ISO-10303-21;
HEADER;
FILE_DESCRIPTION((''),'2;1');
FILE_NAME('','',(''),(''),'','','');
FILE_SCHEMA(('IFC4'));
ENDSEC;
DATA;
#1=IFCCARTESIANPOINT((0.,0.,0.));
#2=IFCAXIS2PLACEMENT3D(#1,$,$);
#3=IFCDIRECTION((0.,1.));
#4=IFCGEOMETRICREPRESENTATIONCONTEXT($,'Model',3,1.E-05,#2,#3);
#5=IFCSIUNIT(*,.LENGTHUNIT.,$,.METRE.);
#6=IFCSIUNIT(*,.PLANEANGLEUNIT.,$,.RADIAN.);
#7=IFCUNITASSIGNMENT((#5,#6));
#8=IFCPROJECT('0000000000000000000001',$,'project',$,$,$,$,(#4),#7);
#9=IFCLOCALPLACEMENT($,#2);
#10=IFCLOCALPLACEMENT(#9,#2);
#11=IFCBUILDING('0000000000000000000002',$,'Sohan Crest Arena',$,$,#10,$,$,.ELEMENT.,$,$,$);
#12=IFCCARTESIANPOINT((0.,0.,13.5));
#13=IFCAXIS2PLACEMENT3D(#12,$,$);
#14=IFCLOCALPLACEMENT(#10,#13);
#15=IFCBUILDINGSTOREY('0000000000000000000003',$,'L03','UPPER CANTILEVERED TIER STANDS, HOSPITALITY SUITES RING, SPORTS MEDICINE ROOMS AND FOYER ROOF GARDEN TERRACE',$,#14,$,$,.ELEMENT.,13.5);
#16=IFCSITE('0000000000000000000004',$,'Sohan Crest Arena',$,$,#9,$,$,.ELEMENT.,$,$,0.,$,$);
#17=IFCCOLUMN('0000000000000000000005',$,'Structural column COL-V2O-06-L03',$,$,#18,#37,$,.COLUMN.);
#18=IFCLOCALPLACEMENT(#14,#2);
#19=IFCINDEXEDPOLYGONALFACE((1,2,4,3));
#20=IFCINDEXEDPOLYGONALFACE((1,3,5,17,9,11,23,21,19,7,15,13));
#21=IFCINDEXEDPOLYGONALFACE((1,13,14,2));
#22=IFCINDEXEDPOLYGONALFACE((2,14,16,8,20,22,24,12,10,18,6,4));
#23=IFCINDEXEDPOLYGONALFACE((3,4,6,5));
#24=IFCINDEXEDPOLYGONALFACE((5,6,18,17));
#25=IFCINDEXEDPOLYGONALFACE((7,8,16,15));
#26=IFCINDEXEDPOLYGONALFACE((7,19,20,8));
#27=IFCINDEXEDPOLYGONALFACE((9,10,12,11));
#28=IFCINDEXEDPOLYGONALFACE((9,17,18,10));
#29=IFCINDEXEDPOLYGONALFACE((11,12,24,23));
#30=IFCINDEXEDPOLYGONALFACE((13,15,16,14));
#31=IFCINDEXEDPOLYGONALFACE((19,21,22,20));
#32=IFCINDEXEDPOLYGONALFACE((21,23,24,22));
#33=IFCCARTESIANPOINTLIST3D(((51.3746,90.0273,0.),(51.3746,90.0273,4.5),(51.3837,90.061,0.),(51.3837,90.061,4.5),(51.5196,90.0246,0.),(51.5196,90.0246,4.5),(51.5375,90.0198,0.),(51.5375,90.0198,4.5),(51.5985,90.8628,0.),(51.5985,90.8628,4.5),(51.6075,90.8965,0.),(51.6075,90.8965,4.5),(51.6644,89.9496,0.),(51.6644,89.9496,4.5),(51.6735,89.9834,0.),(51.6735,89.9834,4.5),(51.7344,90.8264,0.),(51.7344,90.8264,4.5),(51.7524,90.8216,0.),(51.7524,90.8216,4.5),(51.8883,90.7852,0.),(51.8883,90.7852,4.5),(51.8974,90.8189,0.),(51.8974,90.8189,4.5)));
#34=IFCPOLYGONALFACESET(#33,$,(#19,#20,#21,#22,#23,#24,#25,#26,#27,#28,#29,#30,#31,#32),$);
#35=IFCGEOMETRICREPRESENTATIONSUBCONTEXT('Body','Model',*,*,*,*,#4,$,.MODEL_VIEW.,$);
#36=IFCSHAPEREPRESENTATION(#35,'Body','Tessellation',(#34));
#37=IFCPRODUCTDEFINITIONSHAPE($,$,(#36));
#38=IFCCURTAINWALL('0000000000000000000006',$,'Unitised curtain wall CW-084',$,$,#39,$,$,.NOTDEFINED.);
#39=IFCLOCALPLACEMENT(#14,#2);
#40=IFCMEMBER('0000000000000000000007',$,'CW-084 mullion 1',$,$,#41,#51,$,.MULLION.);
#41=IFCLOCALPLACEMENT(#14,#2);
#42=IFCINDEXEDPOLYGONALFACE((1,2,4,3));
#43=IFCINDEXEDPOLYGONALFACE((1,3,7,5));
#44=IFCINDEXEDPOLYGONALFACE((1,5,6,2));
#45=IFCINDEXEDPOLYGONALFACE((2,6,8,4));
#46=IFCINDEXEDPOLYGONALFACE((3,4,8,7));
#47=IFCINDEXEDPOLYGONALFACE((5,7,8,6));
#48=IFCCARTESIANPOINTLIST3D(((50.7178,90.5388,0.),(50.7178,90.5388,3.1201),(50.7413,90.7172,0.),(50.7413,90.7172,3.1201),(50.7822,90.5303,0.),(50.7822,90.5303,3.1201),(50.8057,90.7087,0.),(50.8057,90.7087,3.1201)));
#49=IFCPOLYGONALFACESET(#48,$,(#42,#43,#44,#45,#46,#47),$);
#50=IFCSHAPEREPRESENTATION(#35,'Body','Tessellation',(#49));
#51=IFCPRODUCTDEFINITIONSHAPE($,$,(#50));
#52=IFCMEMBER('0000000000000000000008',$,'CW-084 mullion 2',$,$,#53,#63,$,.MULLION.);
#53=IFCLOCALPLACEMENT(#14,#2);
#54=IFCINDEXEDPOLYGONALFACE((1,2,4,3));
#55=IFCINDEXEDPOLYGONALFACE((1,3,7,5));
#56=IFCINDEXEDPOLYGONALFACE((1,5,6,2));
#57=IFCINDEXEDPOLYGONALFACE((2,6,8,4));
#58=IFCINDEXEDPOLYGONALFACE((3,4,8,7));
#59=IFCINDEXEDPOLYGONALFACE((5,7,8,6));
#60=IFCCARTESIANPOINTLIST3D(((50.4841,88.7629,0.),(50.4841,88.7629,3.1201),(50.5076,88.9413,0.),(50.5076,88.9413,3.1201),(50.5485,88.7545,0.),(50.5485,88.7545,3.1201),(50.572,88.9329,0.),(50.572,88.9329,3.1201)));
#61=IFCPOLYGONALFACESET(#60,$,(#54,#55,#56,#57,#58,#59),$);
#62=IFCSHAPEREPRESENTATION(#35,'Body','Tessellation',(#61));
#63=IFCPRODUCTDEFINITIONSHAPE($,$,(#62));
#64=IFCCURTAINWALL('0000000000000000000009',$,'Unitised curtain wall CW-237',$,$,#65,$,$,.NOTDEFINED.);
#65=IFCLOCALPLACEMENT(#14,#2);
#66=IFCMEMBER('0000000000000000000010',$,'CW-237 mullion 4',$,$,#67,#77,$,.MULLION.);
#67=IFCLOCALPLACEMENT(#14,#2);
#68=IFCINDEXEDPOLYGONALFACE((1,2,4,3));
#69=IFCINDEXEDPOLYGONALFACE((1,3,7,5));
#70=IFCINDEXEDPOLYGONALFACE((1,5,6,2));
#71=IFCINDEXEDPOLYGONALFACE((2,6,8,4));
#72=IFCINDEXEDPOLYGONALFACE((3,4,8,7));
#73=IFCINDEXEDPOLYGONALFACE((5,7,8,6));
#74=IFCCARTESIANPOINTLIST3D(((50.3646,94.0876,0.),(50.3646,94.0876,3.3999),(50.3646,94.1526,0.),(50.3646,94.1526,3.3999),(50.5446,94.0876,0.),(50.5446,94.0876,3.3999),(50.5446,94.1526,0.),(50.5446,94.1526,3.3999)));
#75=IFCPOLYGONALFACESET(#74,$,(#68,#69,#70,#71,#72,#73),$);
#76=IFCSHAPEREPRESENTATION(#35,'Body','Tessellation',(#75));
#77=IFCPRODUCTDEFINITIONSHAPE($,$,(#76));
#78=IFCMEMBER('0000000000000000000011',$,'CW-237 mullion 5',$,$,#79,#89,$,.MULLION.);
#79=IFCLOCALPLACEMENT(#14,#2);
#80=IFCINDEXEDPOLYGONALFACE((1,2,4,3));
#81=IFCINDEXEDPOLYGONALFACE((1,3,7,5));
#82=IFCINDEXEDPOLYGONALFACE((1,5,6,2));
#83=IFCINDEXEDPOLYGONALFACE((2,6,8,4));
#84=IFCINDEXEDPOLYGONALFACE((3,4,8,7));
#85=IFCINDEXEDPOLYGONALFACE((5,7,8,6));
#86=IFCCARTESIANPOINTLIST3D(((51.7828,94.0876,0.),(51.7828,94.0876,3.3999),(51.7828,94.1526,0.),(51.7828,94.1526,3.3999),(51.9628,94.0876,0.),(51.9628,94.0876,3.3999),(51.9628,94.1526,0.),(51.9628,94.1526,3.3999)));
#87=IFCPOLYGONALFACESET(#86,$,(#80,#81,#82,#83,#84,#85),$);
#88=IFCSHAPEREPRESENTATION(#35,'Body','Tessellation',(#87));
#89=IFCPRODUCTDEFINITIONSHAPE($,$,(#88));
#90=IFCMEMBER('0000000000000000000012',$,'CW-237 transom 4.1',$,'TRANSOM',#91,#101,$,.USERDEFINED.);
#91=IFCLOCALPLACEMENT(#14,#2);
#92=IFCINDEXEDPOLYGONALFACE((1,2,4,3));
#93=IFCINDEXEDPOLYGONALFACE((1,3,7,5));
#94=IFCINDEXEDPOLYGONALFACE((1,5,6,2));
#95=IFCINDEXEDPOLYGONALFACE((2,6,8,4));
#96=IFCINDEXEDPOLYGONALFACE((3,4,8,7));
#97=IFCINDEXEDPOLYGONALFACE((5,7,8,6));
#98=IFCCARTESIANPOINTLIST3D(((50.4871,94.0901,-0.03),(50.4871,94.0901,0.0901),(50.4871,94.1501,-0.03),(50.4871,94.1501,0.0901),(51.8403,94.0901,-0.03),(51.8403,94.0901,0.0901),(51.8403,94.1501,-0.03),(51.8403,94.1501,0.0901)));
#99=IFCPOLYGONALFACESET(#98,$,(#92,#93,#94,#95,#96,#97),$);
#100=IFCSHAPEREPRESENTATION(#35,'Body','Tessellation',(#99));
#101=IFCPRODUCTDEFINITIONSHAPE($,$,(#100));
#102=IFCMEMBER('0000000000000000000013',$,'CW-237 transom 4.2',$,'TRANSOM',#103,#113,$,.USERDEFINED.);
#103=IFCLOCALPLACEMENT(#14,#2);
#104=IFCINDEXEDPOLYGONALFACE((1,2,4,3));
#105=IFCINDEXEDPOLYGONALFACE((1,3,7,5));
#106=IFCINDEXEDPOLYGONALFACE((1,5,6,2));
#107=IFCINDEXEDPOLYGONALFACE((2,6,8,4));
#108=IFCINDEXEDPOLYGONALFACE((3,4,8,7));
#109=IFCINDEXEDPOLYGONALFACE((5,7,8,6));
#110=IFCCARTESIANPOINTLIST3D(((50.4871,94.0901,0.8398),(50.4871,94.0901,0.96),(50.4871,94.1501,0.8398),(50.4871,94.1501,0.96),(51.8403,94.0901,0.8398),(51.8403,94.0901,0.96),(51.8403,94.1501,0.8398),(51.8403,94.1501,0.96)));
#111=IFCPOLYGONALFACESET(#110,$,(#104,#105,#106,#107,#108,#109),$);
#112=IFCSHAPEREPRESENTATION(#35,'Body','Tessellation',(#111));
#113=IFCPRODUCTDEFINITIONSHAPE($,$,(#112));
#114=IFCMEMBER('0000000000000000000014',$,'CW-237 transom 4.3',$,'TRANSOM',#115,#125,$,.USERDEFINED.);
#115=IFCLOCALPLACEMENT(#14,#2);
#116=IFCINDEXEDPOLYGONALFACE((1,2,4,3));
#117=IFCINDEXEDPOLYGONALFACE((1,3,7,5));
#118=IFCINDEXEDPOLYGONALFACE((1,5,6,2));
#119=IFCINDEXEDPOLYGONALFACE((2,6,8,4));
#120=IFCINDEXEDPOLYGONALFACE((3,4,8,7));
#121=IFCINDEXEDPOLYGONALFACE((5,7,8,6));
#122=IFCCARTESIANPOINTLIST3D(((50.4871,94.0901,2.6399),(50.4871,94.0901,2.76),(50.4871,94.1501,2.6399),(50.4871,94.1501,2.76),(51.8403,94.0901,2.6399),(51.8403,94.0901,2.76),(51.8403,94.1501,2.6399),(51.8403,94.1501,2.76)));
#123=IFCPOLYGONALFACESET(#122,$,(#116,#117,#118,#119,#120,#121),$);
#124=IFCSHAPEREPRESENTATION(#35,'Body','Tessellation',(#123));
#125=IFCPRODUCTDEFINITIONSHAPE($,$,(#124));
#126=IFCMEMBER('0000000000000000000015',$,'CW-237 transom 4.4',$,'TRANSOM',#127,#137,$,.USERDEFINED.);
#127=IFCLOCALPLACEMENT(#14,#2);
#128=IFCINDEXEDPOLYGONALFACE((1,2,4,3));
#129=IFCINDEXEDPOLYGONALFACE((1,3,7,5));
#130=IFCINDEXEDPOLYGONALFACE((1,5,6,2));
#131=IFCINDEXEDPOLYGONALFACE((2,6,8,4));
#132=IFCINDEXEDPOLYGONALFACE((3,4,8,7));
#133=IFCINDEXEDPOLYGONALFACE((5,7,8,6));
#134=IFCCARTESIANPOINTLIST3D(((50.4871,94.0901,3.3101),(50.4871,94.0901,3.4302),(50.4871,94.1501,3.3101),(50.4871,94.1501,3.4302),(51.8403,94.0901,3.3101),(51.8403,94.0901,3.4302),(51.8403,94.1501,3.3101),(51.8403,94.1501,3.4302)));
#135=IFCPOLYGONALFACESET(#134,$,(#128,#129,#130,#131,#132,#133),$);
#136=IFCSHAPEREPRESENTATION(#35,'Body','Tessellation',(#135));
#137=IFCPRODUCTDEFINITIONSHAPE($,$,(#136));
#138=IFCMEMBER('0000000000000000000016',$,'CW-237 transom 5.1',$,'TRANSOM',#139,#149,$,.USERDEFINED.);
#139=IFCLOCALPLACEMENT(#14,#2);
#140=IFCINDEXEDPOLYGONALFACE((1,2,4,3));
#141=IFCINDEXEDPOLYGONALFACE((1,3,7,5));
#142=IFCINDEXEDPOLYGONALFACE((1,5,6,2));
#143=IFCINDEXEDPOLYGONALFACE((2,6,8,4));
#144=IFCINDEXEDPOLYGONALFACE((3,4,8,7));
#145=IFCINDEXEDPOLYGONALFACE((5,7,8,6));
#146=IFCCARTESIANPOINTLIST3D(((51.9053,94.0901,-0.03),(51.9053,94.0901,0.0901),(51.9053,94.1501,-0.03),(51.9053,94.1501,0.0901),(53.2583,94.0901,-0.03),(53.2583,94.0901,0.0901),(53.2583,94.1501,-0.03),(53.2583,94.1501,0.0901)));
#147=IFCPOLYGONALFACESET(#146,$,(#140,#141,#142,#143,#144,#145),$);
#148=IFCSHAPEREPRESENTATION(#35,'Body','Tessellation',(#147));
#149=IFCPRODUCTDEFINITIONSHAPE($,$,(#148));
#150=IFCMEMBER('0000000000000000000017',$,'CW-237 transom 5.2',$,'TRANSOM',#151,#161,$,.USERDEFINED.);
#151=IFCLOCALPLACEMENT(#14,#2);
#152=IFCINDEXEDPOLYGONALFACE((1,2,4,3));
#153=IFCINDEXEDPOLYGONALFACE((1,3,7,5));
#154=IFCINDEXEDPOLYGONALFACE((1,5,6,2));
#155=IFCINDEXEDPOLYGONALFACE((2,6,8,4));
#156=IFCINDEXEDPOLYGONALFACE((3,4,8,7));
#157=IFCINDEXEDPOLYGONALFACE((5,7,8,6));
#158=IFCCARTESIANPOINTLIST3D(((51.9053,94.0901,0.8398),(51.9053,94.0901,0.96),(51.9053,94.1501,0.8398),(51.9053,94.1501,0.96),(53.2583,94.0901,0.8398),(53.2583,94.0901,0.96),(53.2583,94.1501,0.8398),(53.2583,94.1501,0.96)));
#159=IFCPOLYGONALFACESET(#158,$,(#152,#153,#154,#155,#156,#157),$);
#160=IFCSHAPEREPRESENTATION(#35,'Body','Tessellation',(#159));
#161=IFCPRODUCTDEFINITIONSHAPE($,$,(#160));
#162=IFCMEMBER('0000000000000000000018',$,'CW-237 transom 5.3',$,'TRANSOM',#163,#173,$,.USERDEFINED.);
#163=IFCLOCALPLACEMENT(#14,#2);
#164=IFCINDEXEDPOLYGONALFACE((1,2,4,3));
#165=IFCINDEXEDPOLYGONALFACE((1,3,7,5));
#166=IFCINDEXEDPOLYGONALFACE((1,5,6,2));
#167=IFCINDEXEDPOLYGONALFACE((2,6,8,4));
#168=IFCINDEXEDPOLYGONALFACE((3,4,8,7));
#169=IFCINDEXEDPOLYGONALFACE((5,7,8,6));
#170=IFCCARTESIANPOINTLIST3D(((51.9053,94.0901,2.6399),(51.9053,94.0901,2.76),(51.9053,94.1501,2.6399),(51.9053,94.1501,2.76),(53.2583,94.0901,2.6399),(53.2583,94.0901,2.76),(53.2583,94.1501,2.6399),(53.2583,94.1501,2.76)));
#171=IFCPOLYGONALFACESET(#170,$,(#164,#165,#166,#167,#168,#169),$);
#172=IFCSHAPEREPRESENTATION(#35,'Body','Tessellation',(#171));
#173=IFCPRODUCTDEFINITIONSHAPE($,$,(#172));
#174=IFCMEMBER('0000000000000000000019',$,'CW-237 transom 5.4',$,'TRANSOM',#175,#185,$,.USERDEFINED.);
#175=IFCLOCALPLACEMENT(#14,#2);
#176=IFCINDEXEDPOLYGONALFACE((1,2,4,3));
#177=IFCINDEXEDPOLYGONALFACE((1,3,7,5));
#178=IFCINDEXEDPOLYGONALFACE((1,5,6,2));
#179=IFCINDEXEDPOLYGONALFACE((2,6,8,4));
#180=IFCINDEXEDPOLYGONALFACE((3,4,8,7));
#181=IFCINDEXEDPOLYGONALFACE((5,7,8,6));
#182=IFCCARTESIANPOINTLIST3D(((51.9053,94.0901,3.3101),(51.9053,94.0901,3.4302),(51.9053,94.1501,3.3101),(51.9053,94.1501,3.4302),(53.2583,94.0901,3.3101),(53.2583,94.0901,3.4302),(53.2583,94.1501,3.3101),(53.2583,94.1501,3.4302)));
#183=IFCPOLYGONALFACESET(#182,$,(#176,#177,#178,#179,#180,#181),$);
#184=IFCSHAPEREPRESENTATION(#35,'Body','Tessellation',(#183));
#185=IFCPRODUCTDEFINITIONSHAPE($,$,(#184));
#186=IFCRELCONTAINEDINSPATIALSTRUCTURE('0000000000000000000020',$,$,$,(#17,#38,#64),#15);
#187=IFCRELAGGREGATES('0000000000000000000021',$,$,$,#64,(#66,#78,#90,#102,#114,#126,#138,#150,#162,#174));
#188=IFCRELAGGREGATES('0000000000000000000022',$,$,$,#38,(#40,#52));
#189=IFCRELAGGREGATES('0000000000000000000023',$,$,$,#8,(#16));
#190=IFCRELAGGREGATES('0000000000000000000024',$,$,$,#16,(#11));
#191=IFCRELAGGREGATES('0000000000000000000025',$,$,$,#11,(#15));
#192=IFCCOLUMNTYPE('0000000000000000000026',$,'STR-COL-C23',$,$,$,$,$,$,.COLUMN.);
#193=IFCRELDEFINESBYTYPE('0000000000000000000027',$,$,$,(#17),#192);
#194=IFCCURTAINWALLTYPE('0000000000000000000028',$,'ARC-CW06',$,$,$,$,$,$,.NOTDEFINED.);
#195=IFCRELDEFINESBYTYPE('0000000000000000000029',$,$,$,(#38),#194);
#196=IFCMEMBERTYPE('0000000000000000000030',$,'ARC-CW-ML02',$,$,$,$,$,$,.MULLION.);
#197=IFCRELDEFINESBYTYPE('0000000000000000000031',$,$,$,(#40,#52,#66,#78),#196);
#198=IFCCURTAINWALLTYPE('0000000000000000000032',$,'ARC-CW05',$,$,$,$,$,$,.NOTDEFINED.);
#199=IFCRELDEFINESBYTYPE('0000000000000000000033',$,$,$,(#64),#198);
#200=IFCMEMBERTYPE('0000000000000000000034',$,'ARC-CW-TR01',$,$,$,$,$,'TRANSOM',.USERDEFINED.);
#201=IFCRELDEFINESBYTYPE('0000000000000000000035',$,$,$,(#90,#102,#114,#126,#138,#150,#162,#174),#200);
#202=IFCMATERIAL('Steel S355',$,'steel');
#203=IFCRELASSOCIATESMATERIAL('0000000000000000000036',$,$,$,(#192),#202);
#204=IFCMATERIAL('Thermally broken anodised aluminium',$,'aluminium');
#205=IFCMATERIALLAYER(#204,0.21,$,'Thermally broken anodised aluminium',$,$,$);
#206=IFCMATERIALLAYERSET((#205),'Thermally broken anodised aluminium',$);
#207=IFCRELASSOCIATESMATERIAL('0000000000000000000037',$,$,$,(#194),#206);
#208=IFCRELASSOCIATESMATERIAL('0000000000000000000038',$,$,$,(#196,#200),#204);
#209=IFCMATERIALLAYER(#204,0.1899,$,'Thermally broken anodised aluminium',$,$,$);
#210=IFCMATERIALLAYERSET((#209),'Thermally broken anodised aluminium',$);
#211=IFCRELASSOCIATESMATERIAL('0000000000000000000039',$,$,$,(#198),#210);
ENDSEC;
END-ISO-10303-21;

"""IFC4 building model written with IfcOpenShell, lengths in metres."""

from ifc_helpers import new_model, si_unit, direction, frame, origin, origin_2d, place, context, subcontext, project, spatial, rectangle, i_section, extrude, material, layer, layer_set, material_profile, profile_set, type_object, element, aggregate, save


model = new_model("IFC4")

# Units and contexts
model_context = context("Model", 3, precision=1e-05, world=origin(), true_north=direction((0.0, 1.0)))
body_context = subcontext(model_context, "Body", "Model", "MODEL_VIEW")
ifc_project = project(units=[si_unit("LENGTHUNIT", "METRE"), si_unit("PLANEANGLEUNIT", "RADIAN")], contexts=[model_context])

# Site, building, storey
site_placement = place(None, origin())
site = spatial("IfcSite", under=ifc_project, at=site_placement, Name="Sohan Crest Arena", CompositionType="ELEMENT", RefElevation=0.0)
building_placement = place(site_placement, origin())
building = spatial("IfcBuilding", under=site, at=building_placement, Name="Sohan Crest Arena", CompositionType="ELEMENT")
storey_placement = place(building_placement, frame((0.0, 0.0, 13.5)))
storey = spatial("IfcBuildingStorey", under=building, at=storey_placement, Name="L03", Description="UPPER CANTILEVERED TIER STANDS, HOSPITALITY SUITES RING, SPORTS MEDICINE ROOMS AND FOYER ROOF GARDEN TERRACE", CompositionType="ELEMENT", Elevation=13.5)

# Column
ifc_material_1 = material(Name="Steel S355", Category="steel")
ifc_material_profile_1 = material_profile(ifc_material_1, i_section(OverallWidth=0.3, OverallDepth=0.8999, WebThickness=0.0186, FlangeThickness=0.0349, at=origin_2d()), Name="HEB 900")
ifc_profile_set_1 = profile_set([ifc_material_profile_1], Name="Steel S355")
column_type = type_object("IfcColumnType", Name="STR-COL-C23", PredefinedType="COLUMN", material=ifc_profile_set_1)
column_placement = place(storey_placement, frame((51.636, 90.4231, 0.0), z_axis=(0.0, 0.0, 1.0), x_axis=(-0.965926, 0.258819, 0.0)))
element("IfcColumn", 1, at=column_placement, inside=storey, type_object=column_type, Name="Structural column COL-V2O-06-L03", PredefinedType="COLUMN", context=body_context, shape_type="SweptSolid", body=[
    extrude(i_section(OverallWidth=0.3, OverallDepth=0.8999, WebThickness=0.0186, FlangeThickness=0.0349, at=origin_2d()), origin(), (0.0, 0.0, 1.0), 4.5),
])

# Curtain walls, members
ifc_material_2 = material(Name="Thermally broken anodised aluminium", Category="aluminium")
ifc_layer_1 = layer(ifc_material_2, 0.21, Name="Thermally broken anodised aluminium")
ifc_layer_set_1 = layer_set([ifc_layer_1], Name="Thermally broken anodised aluminium")
curtain_wall_type_1 = type_object("IfcCurtainWallType", Name="ARC-CW06", PredefinedType="NOTDEFINED", material=ifc_layer_set_1)
curtain_wall_1_placement = place(storey_placement, origin())
curtain_wall_1 = element("IfcCurtainWall", 2, at=curtain_wall_1_placement, inside=storey, type_object=curtain_wall_type_1, Name="Unitised curtain wall CW-084", PredefinedType="NOTDEFINED")
ifc_material_profile_2 = material_profile(ifc_material_2, rectangle(XDim=0.0649, YDim=0.1799, at=origin_2d()), Name="ALU-MULL 65x180")
ifc_profile_set_2 = profile_set([ifc_material_profile_2], Name="Thermally broken anodised aluminium")
member_type_1 = type_object("IfcMemberType", Name="ARC-CW-ML02", PredefinedType="MULLION", material=ifc_profile_set_2)
member_1_placement = place(storey_placement, frame((50.7617, 90.6238, 0.0), z_axis=(0.0, 0.0, 1.0), x_axis=(0.991447, -0.130511, 0.0)))
member_1 = element("IfcMember", 3, at=member_1_placement, type_object=member_type_1, Name="CW-084 mullion 1", PredefinedType="MULLION", context=body_context, shape_type="SweptSolid", body=[
    extrude(rectangle(XDim=0.0649, YDim=0.1799, at=origin_2d()), origin(), (0.0, 0.0, 1.0), 3.1201),
])
member_2_placement = place(storey_placement, frame((50.5281, 88.8479, 0.0), z_axis=(0.0, 0.0, 1.0), x_axis=(0.991447, -0.130511, 0.0)))
member_2 = element("IfcMember", 4, at=member_2_placement, type_object=member_type_1, Name="CW-084 mullion 2", PredefinedType="MULLION", context=body_context, shape_type="SweptSolid", body=[
    extrude(rectangle(XDim=0.0649, YDim=0.1799, at=origin_2d()), origin(), (0.0, 0.0, 1.0), 3.1201),
])
ifc_layer_2 = layer(ifc_material_2, 0.1899, Name="Thermally broken anodised aluminium")
ifc_layer_set_2 = layer_set([ifc_layer_2], Name="Thermally broken anodised aluminium")
curtain_wall_type_2 = type_object("IfcCurtainWallType", Name="ARC-CW05", PredefinedType="NOTDEFINED", material=ifc_layer_set_2)
curtain_wall_2_placement = place(storey_placement, origin())
curtain_wall_2 = element("IfcCurtainWall", 5, at=curtain_wall_2_placement, inside=storey, type_object=curtain_wall_type_2, Name="Unitised curtain wall CW-237", PredefinedType="NOTDEFINED")
member_3_placement = place(storey_placement, frame((50.4546, 94.1201, 0.0), z_axis=(0.0, 0.0, 1.0), x_axis=(0.0, 1.0, 0.0)))
member_3 = element("IfcMember", 6, at=member_3_placement, type_object=member_type_1, Name="CW-237 mullion 4", PredefinedType="MULLION", context=body_context, shape_type="SweptSolid", body=[
    extrude(rectangle(XDim=0.0649, YDim=0.1799, at=origin_2d()), origin(), (0.0, 0.0, 1.0), 3.3999),
])
member_4_placement = place(storey_placement, frame((51.8728, 94.1201, 0.0), z_axis=(0.0, 0.0, 1.0), x_axis=(0.0, 1.0, 0.0)))
member_4 = element("IfcMember", 7, at=member_4_placement, type_object=member_type_1, Name="CW-237 mullion 5", PredefinedType="MULLION", context=body_context, shape_type="SweptSolid", body=[
    extrude(rectangle(XDim=0.0649, YDim=0.1799, at=origin_2d()), origin(), (0.0, 0.0, 1.0), 3.3999),
])
ifc_material_profile_3 = material_profile(ifc_material_2, rectangle(XDim=0.0601, YDim=0.1201, at=origin_2d()), Name="ALU-TRAN 60x120")
ifc_profile_set_3 = profile_set([ifc_material_profile_3], Name="Thermally broken anodised aluminium")
member_type_2 = type_object("IfcMemberType", Name="ARC-CW-TR01", ElementType="TRANSOM", PredefinedType="USERDEFINED", material=ifc_profile_set_3)
member_5_placement = place(storey_placement, frame((50.4871, 94.1201, 0.03), z_axis=(1.0, 0.0, 0.0), x_axis=(0.0, 1.0, 0.0)))
member_5 = element("IfcMember", 8, at=member_5_placement, type_object=member_type_2, Name="CW-237 transom 4.1", ObjectType="TRANSOM", PredefinedType="USERDEFINED", context=body_context, shape_type="SweptSolid", body=[
    extrude(rectangle(XDim=0.0601, YDim=0.1201, at=origin_2d()), origin(), (0.0, 0.0, 1.0), 1.3533),
])
member_6_placement = place(storey_placement, frame((50.4871, 94.1201, 0.8999), z_axis=(1.0, 0.0, 0.0), x_axis=(0.0, 1.0, 0.0)))
member_6 = element("IfcMember", 9, at=member_6_placement, type_object=member_type_2, Name="CW-237 transom 4.2", ObjectType="TRANSOM", PredefinedType="USERDEFINED", context=body_context, shape_type="SweptSolid", body=[
    extrude(rectangle(XDim=0.0601, YDim=0.1201, at=origin_2d()), origin(), (0.0, 0.0, 1.0), 1.3533),
])
member_7_placement = place(storey_placement, frame((50.4871, 94.1201, 2.7), z_axis=(1.0, 0.0, 0.0), x_axis=(0.0, 1.0, 0.0)))
member_7 = element("IfcMember", 10, at=member_7_placement, type_object=member_type_2, Name="CW-237 transom 4.3", ObjectType="TRANSOM", PredefinedType="USERDEFINED", context=body_context, shape_type="SweptSolid", body=[
    extrude(rectangle(XDim=0.0601, YDim=0.1201, at=origin_2d()), origin(), (0.0, 0.0, 1.0), 1.3533),
])
member_8_placement = place(storey_placement, frame((50.4871, 94.1201, 3.3701), z_axis=(1.0, 0.0, 0.0), x_axis=(0.0, 1.0, 0.0)))
member_8 = element("IfcMember", 11, at=member_8_placement, type_object=member_type_2, Name="CW-237 transom 4.4", ObjectType="TRANSOM", PredefinedType="USERDEFINED", context=body_context, shape_type="SweptSolid", body=[
    extrude(rectangle(XDim=0.0601, YDim=0.1201, at=origin_2d()), origin(), (0.0, 0.0, 1.0), 1.3533),
])
member_9_placement = place(storey_placement, frame((51.9053, 94.1201, 0.03), z_axis=(1.0, 0.0, 0.0), x_axis=(0.0, 1.0, 0.0)))
member_9 = element("IfcMember", 12, at=member_9_placement, type_object=member_type_2, Name="CW-237 transom 5.1", ObjectType="TRANSOM", PredefinedType="USERDEFINED", context=body_context, shape_type="SweptSolid", body=[
    extrude(rectangle(XDim=0.0601, YDim=0.1201, at=origin_2d()), origin(), (0.0, 0.0, 1.0), 1.353),
])
member_10_placement = place(storey_placement, frame((51.9053, 94.1201, 0.8999), z_axis=(1.0, 0.0, 0.0), x_axis=(0.0, 1.0, 0.0)))
member_10 = element("IfcMember", 13, at=member_10_placement, type_object=member_type_2, Name="CW-237 transom 5.2", ObjectType="TRANSOM", PredefinedType="USERDEFINED", context=body_context, shape_type="SweptSolid", body=[
    extrude(rectangle(XDim=0.0601, YDim=0.1201, at=origin_2d()), origin(), (0.0, 0.0, 1.0), 1.353),
])
member_11_placement = place(storey_placement, frame((51.9053, 94.1201, 2.7), z_axis=(1.0, 0.0, 0.0), x_axis=(0.0, 1.0, 0.0)))
member_11 = element("IfcMember", 14, at=member_11_placement, type_object=member_type_2, Name="CW-237 transom 5.3", ObjectType="TRANSOM", PredefinedType="USERDEFINED", context=body_context, shape_type="SweptSolid", body=[
    extrude(rectangle(XDim=0.0601, YDim=0.1201, at=origin_2d()), origin(), (0.0, 0.0, 1.0), 1.353),
])
member_12_placement = place(storey_placement, frame((51.9053, 94.1201, 3.3701), z_axis=(1.0, 0.0, 0.0), x_axis=(0.0, 1.0, 0.0)))
member_12 = element("IfcMember", 15, at=member_12_placement, type_object=member_type_2, Name="CW-237 transom 5.4", ObjectType="TRANSOM", PredefinedType="USERDEFINED", context=body_context, shape_type="SweptSolid", body=[
    extrude(rectangle(XDim=0.0601, YDim=0.1201, at=origin_2d()), origin(), (0.0, 0.0, 1.0), 1.353),
])

aggregate(curtain_wall_2, [member_3, member_4, member_5, member_6, member_7, member_8, member_9, member_10, member_11, member_12])
aggregate(curtain_wall_1, [member_1, member_2])

save(model, "model.ifc")
